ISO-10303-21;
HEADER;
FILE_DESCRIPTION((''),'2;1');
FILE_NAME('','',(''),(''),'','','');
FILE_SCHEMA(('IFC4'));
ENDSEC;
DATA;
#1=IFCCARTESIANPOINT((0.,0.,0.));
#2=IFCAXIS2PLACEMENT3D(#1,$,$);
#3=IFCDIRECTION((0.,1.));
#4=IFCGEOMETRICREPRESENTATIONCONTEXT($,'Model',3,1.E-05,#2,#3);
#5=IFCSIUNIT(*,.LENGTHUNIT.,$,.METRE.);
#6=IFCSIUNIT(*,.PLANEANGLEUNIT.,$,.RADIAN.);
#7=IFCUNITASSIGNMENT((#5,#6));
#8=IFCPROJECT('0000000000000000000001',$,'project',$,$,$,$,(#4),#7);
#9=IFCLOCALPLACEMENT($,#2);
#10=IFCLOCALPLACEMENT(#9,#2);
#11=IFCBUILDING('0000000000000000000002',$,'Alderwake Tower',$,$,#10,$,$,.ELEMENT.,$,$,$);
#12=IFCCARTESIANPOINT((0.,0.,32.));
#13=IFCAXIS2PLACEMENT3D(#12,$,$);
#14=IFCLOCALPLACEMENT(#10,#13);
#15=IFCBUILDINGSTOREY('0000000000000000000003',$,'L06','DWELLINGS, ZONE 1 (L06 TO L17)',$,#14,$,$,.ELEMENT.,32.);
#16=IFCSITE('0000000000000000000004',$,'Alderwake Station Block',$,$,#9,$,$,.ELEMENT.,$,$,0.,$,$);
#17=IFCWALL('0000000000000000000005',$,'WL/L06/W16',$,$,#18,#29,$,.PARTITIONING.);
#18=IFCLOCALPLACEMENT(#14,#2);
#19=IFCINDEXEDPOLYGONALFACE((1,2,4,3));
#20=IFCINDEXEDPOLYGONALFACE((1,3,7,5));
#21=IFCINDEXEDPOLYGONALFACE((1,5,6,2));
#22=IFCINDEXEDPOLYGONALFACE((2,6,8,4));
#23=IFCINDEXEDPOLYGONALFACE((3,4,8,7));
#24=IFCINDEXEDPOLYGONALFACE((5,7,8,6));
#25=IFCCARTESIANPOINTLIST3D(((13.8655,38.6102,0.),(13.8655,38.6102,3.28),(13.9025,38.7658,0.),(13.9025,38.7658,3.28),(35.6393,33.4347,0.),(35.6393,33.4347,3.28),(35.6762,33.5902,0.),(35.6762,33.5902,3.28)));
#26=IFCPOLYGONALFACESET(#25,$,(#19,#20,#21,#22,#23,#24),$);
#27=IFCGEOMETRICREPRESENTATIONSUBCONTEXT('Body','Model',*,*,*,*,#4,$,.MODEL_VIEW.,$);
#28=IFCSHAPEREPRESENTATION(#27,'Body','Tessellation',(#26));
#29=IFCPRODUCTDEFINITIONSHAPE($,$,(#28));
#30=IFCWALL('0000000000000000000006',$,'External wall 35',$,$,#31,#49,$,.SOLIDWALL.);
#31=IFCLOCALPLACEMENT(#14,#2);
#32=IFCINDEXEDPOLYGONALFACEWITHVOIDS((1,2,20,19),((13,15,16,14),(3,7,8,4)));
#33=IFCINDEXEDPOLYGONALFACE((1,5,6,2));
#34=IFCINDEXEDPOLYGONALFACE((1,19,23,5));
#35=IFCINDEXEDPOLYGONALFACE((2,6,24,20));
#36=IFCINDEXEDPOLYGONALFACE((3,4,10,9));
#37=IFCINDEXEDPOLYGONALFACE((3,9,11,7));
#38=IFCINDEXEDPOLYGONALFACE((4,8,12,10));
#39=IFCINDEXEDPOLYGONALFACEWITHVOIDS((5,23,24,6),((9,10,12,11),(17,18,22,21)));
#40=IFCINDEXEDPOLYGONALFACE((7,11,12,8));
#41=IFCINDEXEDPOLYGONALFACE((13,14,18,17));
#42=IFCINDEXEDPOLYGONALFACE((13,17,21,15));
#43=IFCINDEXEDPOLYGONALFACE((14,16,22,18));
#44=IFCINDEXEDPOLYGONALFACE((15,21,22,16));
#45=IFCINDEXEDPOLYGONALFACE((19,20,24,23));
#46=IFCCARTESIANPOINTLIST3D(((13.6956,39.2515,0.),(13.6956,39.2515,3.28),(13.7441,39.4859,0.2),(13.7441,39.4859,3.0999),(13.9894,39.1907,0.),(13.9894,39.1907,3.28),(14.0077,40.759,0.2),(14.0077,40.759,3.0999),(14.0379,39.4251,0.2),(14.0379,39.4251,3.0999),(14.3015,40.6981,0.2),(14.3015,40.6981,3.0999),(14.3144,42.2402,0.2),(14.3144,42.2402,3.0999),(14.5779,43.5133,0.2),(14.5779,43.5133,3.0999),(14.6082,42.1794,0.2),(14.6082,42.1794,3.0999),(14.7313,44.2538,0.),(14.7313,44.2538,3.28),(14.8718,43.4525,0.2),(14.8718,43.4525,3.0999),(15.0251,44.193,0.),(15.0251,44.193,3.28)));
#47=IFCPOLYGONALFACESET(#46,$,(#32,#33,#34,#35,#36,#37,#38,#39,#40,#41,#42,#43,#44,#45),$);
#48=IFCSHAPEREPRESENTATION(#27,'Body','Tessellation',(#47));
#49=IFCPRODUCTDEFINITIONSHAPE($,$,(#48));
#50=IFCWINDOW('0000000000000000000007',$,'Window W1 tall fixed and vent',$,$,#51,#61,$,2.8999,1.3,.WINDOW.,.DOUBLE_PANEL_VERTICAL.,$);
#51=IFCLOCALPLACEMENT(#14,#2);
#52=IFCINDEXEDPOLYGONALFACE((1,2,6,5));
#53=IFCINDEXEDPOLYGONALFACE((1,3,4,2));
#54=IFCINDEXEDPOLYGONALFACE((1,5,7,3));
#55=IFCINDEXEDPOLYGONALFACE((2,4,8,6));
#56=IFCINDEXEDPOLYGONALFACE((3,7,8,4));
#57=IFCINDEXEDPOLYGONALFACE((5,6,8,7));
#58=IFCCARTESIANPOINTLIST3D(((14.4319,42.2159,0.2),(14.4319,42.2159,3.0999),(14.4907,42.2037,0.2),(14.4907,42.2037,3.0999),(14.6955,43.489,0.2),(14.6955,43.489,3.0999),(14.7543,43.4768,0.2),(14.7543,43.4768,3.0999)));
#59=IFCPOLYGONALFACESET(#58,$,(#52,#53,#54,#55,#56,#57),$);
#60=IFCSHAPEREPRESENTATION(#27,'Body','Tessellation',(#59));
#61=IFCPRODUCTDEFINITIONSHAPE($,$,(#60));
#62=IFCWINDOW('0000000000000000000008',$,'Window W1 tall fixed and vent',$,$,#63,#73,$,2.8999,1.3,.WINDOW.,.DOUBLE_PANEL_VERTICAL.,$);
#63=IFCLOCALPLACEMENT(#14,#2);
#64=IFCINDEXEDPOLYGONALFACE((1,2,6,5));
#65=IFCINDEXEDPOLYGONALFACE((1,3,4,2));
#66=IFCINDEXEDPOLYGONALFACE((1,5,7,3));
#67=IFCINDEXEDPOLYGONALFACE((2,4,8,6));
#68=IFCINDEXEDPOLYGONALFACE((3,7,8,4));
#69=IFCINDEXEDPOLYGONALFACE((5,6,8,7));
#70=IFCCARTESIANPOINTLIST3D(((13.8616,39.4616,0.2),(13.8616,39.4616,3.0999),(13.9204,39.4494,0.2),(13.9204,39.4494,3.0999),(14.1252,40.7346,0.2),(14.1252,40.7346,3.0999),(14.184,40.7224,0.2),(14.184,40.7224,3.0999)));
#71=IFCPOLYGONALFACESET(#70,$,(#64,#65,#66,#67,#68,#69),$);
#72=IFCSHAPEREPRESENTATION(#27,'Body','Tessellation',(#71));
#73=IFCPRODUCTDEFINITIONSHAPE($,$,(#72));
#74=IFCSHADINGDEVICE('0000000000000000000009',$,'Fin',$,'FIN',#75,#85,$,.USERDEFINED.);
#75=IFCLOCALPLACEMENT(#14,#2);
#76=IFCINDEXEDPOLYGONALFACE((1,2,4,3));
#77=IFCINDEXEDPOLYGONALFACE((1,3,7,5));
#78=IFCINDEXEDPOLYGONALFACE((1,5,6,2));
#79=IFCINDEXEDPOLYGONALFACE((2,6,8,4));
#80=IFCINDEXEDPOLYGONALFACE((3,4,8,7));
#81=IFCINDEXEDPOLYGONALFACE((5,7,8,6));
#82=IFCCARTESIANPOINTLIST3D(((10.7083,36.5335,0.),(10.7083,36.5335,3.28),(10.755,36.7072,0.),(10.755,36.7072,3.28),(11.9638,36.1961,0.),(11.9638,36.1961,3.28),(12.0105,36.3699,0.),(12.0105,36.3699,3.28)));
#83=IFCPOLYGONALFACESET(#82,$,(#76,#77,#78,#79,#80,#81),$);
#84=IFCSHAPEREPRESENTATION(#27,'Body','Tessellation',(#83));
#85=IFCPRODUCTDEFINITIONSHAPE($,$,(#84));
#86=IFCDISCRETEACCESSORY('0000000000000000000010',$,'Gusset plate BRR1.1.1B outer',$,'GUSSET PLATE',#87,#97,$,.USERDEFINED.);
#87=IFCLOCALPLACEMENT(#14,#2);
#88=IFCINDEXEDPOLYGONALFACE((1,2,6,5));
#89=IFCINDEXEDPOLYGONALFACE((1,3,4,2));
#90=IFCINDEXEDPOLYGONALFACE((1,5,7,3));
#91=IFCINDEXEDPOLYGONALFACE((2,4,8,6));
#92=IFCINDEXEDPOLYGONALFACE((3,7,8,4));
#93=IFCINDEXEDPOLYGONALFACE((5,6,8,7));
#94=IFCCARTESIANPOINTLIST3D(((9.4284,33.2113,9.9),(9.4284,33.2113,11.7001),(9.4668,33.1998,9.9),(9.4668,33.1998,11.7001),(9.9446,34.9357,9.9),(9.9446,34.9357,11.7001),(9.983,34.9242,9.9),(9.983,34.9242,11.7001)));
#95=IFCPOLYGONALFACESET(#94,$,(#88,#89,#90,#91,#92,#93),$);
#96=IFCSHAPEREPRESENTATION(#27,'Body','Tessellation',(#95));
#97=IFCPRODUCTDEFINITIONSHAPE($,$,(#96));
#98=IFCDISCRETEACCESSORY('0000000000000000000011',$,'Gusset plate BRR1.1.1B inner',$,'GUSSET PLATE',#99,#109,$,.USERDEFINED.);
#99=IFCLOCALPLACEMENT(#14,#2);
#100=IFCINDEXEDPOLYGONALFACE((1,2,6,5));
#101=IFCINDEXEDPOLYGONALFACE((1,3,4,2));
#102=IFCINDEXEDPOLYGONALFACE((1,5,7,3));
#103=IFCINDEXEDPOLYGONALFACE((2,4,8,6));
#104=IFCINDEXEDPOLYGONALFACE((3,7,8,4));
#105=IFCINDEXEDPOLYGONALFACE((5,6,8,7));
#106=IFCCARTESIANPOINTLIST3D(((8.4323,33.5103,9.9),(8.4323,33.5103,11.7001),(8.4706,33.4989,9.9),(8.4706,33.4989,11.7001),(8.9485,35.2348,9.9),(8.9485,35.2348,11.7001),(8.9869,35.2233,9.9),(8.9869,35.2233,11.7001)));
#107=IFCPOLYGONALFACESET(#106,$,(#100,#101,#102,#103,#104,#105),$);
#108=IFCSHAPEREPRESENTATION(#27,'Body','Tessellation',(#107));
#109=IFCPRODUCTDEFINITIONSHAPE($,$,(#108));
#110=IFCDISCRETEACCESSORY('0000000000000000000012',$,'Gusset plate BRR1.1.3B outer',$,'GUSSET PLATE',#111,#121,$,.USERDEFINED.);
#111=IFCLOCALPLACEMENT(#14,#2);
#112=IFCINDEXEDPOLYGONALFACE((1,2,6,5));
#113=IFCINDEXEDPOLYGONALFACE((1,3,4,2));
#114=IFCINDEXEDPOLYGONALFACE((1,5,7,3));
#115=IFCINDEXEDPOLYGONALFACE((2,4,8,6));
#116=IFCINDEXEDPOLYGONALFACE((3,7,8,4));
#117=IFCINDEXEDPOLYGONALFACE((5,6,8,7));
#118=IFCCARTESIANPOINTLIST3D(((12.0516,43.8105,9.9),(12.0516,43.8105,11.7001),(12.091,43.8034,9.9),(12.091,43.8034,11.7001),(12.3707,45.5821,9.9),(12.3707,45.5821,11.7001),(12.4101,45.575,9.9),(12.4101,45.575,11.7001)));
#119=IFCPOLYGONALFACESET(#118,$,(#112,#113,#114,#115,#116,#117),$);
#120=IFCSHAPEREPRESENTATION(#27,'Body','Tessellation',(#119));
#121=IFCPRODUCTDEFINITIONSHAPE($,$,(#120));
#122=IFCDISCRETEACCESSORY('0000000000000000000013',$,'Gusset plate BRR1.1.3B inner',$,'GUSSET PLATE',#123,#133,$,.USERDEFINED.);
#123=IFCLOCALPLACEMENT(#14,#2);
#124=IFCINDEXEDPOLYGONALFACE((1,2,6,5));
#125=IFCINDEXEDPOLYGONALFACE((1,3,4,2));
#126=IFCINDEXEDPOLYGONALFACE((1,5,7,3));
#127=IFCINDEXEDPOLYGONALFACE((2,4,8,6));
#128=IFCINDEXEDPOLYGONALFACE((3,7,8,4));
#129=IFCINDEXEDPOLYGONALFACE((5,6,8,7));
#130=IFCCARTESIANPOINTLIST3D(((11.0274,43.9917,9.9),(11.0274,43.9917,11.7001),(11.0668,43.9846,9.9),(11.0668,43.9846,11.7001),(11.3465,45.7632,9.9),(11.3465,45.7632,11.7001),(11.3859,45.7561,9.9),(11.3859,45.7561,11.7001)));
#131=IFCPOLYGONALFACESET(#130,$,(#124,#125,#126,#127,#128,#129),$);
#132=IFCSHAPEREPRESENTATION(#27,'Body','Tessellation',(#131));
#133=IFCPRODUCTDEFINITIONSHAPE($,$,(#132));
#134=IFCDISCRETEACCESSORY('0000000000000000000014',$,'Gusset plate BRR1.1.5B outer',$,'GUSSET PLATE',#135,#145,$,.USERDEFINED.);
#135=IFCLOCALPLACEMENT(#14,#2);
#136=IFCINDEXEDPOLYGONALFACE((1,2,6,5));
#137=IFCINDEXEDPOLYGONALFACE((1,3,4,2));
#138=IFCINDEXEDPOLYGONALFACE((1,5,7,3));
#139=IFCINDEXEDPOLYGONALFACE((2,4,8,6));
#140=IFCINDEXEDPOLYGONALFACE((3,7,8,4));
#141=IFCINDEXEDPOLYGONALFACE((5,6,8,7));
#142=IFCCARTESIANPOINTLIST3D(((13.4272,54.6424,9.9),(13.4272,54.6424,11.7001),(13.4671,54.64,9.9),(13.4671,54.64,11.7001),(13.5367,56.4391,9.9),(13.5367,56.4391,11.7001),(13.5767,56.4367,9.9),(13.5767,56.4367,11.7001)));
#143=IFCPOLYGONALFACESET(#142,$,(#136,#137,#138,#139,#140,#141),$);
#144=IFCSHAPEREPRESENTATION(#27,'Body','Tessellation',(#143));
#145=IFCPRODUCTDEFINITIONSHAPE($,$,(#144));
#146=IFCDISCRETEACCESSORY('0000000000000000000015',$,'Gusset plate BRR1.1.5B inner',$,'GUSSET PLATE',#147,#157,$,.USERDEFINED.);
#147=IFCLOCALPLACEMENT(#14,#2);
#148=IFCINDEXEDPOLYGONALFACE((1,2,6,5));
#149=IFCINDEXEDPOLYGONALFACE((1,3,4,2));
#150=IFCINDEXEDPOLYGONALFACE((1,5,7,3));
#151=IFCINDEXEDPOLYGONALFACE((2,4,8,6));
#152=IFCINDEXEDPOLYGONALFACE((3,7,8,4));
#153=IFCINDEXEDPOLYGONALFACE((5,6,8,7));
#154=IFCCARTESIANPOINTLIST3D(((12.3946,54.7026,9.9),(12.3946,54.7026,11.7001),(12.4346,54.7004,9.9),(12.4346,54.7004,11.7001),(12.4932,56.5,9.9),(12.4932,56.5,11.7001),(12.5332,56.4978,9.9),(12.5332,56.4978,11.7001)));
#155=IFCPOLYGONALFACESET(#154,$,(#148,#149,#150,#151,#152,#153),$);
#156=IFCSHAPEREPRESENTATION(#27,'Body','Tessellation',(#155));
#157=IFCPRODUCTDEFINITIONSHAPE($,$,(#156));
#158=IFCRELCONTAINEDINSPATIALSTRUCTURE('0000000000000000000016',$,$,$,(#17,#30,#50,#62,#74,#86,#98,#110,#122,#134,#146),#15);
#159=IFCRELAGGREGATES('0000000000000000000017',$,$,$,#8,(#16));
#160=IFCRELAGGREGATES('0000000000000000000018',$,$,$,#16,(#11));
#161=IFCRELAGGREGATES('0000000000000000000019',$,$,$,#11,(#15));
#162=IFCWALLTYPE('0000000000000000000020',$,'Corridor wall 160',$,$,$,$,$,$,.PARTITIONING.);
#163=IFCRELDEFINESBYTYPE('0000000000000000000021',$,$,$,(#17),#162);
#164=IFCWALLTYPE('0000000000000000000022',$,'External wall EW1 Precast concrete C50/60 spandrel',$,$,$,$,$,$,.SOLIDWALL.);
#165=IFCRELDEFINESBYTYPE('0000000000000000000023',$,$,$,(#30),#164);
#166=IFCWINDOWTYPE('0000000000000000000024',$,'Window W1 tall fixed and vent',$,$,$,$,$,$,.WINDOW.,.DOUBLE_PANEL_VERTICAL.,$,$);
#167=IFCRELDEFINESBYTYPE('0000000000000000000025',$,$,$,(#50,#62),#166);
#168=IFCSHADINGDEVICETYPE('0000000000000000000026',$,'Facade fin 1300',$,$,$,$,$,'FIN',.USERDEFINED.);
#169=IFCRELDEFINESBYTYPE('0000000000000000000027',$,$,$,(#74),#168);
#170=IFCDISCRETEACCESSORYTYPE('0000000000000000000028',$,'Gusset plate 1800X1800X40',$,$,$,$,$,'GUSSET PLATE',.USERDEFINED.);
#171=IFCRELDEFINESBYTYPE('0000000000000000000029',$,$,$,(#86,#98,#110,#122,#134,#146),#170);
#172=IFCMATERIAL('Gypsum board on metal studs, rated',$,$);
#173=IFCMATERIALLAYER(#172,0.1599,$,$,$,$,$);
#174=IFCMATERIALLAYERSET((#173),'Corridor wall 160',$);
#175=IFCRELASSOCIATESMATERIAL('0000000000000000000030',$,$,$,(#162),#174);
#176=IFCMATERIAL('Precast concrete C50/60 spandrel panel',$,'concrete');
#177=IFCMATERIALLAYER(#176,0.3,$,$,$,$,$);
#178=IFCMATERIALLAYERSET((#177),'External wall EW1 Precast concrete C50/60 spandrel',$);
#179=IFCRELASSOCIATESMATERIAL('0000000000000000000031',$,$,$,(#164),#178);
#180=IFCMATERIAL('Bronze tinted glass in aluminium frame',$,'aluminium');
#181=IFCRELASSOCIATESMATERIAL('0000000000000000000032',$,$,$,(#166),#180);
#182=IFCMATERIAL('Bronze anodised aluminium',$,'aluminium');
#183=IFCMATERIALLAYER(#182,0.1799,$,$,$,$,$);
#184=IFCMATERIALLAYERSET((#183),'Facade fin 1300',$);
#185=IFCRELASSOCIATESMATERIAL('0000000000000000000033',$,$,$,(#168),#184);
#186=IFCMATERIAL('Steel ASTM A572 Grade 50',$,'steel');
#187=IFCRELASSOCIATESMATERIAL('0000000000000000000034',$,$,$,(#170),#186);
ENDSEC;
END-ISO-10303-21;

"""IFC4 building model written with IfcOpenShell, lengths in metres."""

from ifc_helpers import new_model, si_unit, direction, frame, frame_2d, origin, origin_2d, place, context, subcontext, project, spatial, rectangle, extrude, material, layer, layer_set, material_profile, profile_set, type_object, element, fill, save


model = new_model("IFC4")

# Units and contexts
model_context = context("Model", 3, precision=1e-05, world=origin(), true_north=direction((0.0, 1.0)))
body_context = subcontext(model_context, "Body", "Model", "MODEL_VIEW")
ifc_project = project(units=[si_unit("LENGTHUNIT", "METRE"), si_unit("PLANEANGLEUNIT", "RADIAN")], contexts=[model_context])

# Site, building, storey
site_placement = place(None, origin())
site = spatial("IfcSite", under=ifc_project, at=site_placement, Name="Alderwake Station Block", CompositionType="ELEMENT", RefElevation=0.0)
building_placement = place(site_placement, origin())
building = spatial("IfcBuilding", under=site, at=building_placement, Name="Alderwake Tower", CompositionType="ELEMENT")
storey_placement = place(building_placement, frame((0.0, 0.0, 32.0)))
storey = spatial("IfcBuildingStorey", under=building, at=storey_placement, Name="L06", Description="DWELLINGS, ZONE 1 (L06 TO L17)", CompositionType="ELEMENT", Elevation=32.0)

# Wall
ifc_material_1 = material(Name="Gypsum board on metal studs, rated")
ifc_layer_1 = layer(ifc_material_1, 0.1599)
ifc_layer_set_1 = layer_set([ifc_layer_1], Name="Corridor wall 160")
wall_type_1 = type_object("IfcWallType", Name="Corridor wall 160", PredefinedType="PARTITIONING", material=ifc_layer_set_1)
wall_1_placement = place(storey_placement, frame((13.884, 38.688, 0.0), z_axis=(0.0, 0.0, 1.0), x_axis=(0.972893, -0.231254, 0.0)))
element("IfcWall", 1, at=wall_1_placement, inside=storey, type_object=wall_type_1, Name="WL/L06/W16", PredefinedType="PARTITIONING", context=body_context, shape_type="SweptSolid", body=[
    extrude(rectangle(XDim=22.3804, YDim=0.1599, at=frame_2d((11.1902, 0.0))), origin(), (0.0, 0.0, 1.0), 3.28),
])

# Wall, openings, windows
ifc_material_2 = material(Name="Precast concrete C50/60 spandrel panel", Category="concrete")
ifc_layer_2 = layer(ifc_material_2, 0.3)
ifc_layer_set_2 = layer_set([ifc_layer_2], Name="External wall EW1 Precast concrete C50/60 spandrel")
wall_type_2 = type_object("IfcWallType", Name="External wall EW1 Precast concrete C50/60 spandrel", PredefinedType="SOLIDWALL", material=ifc_layer_set_2)
wall_2_placement = place(storey_placement, frame((14.8782, 44.2234, 0.0), z_axis=(0.0, 0.0, 1.0), x_axis=(-0.202738, -0.979233, 0.0)))
wall_2 = element("IfcWall", 2, at=wall_2_placement, inside=storey, type_object=wall_type_2, Name="External wall 35", PredefinedType="SOLIDWALL", context=body_context, shape_type="SweptSolid", body=[
    extrude(rectangle(XDim=5.1084, YDim=0.3, at=frame_2d((2.5542, 0.0))), origin(), (0.0, 0.0, 1.0), 3.28),
])
opening_1_placement = place(wall_2_placement, frame((0.7563, 0.0, 0.2)))
opening_1 = element("IfcOpeningElement", 3, at=opening_1_placement, cuts=wall_2, PredefinedType="OPENING", context=body_context, shape_type="SweptSolid", body=[
    extrude(rectangle(XDim=1.3, YDim=2.8999, at=frame_2d((0.6499, 1.45))), frame((0.0, 0.1599, 0.0), z_axis=(0.0, -1.0, 0.0), x_axis=(1.0, 0.0, 0.0)), (0.0, 0.0, 1.0), 0.3201),
])
opening_2_placement = place(wall_2_placement, frame((3.5691, 0.0, 0.2)))
opening_2 = element("IfcOpeningElement", 4, at=opening_2_placement, cuts=wall_2, PredefinedType="OPENING", context=body_context, shape_type="SweptSolid", body=[
    extrude(rectangle(XDim=1.3, YDim=2.8999, at=frame_2d((0.6499, 1.45))), frame((0.0, 0.1599, 0.0), z_axis=(0.0, -1.0, 0.0), x_axis=(1.0, 0.0, 0.0)), (0.0, 0.0, 1.0), 0.3201),
])
ifc_material_3 = material(Name="Bronze tinted glass in aluminium frame", Category="aluminium")
window_type = type_object("IfcWindowType", Name="Window W1 tall fixed and vent", PartitioningType="DOUBLE_PANEL_VERTICAL", PredefinedType="WINDOW", material=ifc_material_3)
window_1_placement = place(opening_1_placement, origin())
window_1 = element("IfcWindow", 5, at=window_1_placement, inside=storey, type_object=window_type, Name="Window W1 tall fixed and vent", OverallHeight=2.8999, OverallWidth=1.3, PartitioningType="DOUBLE_PANEL_VERTICAL", PredefinedType="WINDOW", context=body_context, shape_type="SweptSolid", body=[
    extrude(rectangle(XDim=1.3, YDim=2.8999, at=frame_2d((0.6499, 1.45))), frame((0.0, 0.03, 0.0), z_axis=(0.0, -1.0, 0.0), x_axis=(1.0, 0.0, 0.0)), (0.0, 0.0, 1.0), 0.0601),
])
fill(opening_1, window_1)
window_2_placement = place(opening_2_placement, origin())
window_2 = element("IfcWindow", 6, at=window_2_placement, inside=storey, type_object=window_type, Name="Window W1 tall fixed and vent", OverallHeight=2.8999, OverallWidth=1.3, PartitioningType="DOUBLE_PANEL_VERTICAL", PredefinedType="WINDOW", context=body_context, shape_type="SweptSolid", body=[
    extrude(rectangle(XDim=1.3, YDim=2.8999, at=frame_2d((0.6499, 1.45))), frame((0.0, 0.03, 0.0), z_axis=(0.0, -1.0, 0.0), x_axis=(1.0, 0.0, 0.0)), (0.0, 0.0, 1.0), 0.0601),
])
fill(opening_2, window_2)

# Shading device
ifc_material_4 = material(Name="Bronze anodised aluminium", Category="aluminium")
ifc_layer_3 = layer(ifc_material_4, 0.1799)
ifc_layer_set_3 = layer_set([ifc_layer_3], Name="Facade fin 1300")
shading_device_type = type_object("IfcShadingDeviceType", Name="Facade fin 1300", ElementType="FIN", PredefinedType="USERDEFINED", material=ifc_layer_set_3)
shading_device_placement = place(storey_placement, frame((11.3594, 36.4517, 0.0), z_axis=(0.0, 0.0, 1.0), x_axis=(0.965744, -0.259495, 0.0)))
element("IfcShadingDevice", 7, at=shading_device_placement, inside=storey, type_object=shading_device_type, Name="Fin", ObjectType="FIN", PredefinedType="USERDEFINED", context=body_context, shape_type="SweptSolid", body=[
    extrude(rectangle(XDim=1.3, YDim=0.1799, at=origin_2d()), origin(), (0.0, 0.0, 1.0), 3.28),
])

# Discrete accessories
ifc_material_5 = material(Name="Steel ASTM A572 Grade 50", Category="steel")
ifc_material_profile_1 = material_profile(ifc_material_5, rectangle(XDim=1.8, YDim=1.8, at=origin_2d()), Name="gusset 1800X1800")
ifc_profile_set_1 = profile_set([ifc_material_profile_1], Name="Steel ASTM A572 Grade 50")
discrete_accessory_type = type_object("IfcDiscreteAccessoryType", Name="Gusset plate 1800X1800X40", ElementType="GUSSET PLATE", PredefinedType="USERDEFINED", material=ifc_profile_set_1)
for number, where, z_axis, x_axis, name in (
    (8, (9.6865, 34.0735, 10.8), (0.957994, -0.286788, 0.0), (0.286788, 0.957994, 0.0), "Gusset plate BRR1.1.1B outer"),
    (9, (8.7288, 34.3611, 10.8), (-0.957994, 0.286788, 0.0), (-0.286788, -0.957994, 0.0), "Gusset plate BRR1.1.1B inner"),
    (10, (12.2112, 44.6963, 10.8), (0.984162, -0.177271, 0.0), (0.177271, 0.984162, 0.0), "Gusset plate BRR1.1.3B outer"),
    (11, (11.2263, 44.8704, 10.8), (-0.984162, 0.177271, 0.0), (-0.177271, -0.984162, 0.0), "Gusset plate BRR1.1.3B inner"),
    (12, (13.4819, 55.5408, 10.8), (0.998146, -0.060863, 0.0), (0.060863, 0.998146, 0.0), "Gusset plate BRR1.1.5B outer"),
    (13, (12.4839, 55.5991, 10.8), (-0.998498, 0.054796, 0.0), (-0.054796, -0.998498, 0.0), "Gusset plate BRR1.1.5B inner"),
):
    element("IfcDiscreteAccessory", number, at=place(storey_placement, frame(where, z_axis=z_axis, x_axis=x_axis)), inside=storey, type_object=discrete_accessory_type, Name=name, ObjectType="GUSSET PLATE", PredefinedType="USERDEFINED", context=body_context, shape_type="SweptSolid", body=[
        extrude(rectangle(XDim=1.8, YDim=1.8, at=origin_2d()), origin(), (0.0, 0.0, 1.0), 0.04),
    ])

save(model, "model.ifc")
